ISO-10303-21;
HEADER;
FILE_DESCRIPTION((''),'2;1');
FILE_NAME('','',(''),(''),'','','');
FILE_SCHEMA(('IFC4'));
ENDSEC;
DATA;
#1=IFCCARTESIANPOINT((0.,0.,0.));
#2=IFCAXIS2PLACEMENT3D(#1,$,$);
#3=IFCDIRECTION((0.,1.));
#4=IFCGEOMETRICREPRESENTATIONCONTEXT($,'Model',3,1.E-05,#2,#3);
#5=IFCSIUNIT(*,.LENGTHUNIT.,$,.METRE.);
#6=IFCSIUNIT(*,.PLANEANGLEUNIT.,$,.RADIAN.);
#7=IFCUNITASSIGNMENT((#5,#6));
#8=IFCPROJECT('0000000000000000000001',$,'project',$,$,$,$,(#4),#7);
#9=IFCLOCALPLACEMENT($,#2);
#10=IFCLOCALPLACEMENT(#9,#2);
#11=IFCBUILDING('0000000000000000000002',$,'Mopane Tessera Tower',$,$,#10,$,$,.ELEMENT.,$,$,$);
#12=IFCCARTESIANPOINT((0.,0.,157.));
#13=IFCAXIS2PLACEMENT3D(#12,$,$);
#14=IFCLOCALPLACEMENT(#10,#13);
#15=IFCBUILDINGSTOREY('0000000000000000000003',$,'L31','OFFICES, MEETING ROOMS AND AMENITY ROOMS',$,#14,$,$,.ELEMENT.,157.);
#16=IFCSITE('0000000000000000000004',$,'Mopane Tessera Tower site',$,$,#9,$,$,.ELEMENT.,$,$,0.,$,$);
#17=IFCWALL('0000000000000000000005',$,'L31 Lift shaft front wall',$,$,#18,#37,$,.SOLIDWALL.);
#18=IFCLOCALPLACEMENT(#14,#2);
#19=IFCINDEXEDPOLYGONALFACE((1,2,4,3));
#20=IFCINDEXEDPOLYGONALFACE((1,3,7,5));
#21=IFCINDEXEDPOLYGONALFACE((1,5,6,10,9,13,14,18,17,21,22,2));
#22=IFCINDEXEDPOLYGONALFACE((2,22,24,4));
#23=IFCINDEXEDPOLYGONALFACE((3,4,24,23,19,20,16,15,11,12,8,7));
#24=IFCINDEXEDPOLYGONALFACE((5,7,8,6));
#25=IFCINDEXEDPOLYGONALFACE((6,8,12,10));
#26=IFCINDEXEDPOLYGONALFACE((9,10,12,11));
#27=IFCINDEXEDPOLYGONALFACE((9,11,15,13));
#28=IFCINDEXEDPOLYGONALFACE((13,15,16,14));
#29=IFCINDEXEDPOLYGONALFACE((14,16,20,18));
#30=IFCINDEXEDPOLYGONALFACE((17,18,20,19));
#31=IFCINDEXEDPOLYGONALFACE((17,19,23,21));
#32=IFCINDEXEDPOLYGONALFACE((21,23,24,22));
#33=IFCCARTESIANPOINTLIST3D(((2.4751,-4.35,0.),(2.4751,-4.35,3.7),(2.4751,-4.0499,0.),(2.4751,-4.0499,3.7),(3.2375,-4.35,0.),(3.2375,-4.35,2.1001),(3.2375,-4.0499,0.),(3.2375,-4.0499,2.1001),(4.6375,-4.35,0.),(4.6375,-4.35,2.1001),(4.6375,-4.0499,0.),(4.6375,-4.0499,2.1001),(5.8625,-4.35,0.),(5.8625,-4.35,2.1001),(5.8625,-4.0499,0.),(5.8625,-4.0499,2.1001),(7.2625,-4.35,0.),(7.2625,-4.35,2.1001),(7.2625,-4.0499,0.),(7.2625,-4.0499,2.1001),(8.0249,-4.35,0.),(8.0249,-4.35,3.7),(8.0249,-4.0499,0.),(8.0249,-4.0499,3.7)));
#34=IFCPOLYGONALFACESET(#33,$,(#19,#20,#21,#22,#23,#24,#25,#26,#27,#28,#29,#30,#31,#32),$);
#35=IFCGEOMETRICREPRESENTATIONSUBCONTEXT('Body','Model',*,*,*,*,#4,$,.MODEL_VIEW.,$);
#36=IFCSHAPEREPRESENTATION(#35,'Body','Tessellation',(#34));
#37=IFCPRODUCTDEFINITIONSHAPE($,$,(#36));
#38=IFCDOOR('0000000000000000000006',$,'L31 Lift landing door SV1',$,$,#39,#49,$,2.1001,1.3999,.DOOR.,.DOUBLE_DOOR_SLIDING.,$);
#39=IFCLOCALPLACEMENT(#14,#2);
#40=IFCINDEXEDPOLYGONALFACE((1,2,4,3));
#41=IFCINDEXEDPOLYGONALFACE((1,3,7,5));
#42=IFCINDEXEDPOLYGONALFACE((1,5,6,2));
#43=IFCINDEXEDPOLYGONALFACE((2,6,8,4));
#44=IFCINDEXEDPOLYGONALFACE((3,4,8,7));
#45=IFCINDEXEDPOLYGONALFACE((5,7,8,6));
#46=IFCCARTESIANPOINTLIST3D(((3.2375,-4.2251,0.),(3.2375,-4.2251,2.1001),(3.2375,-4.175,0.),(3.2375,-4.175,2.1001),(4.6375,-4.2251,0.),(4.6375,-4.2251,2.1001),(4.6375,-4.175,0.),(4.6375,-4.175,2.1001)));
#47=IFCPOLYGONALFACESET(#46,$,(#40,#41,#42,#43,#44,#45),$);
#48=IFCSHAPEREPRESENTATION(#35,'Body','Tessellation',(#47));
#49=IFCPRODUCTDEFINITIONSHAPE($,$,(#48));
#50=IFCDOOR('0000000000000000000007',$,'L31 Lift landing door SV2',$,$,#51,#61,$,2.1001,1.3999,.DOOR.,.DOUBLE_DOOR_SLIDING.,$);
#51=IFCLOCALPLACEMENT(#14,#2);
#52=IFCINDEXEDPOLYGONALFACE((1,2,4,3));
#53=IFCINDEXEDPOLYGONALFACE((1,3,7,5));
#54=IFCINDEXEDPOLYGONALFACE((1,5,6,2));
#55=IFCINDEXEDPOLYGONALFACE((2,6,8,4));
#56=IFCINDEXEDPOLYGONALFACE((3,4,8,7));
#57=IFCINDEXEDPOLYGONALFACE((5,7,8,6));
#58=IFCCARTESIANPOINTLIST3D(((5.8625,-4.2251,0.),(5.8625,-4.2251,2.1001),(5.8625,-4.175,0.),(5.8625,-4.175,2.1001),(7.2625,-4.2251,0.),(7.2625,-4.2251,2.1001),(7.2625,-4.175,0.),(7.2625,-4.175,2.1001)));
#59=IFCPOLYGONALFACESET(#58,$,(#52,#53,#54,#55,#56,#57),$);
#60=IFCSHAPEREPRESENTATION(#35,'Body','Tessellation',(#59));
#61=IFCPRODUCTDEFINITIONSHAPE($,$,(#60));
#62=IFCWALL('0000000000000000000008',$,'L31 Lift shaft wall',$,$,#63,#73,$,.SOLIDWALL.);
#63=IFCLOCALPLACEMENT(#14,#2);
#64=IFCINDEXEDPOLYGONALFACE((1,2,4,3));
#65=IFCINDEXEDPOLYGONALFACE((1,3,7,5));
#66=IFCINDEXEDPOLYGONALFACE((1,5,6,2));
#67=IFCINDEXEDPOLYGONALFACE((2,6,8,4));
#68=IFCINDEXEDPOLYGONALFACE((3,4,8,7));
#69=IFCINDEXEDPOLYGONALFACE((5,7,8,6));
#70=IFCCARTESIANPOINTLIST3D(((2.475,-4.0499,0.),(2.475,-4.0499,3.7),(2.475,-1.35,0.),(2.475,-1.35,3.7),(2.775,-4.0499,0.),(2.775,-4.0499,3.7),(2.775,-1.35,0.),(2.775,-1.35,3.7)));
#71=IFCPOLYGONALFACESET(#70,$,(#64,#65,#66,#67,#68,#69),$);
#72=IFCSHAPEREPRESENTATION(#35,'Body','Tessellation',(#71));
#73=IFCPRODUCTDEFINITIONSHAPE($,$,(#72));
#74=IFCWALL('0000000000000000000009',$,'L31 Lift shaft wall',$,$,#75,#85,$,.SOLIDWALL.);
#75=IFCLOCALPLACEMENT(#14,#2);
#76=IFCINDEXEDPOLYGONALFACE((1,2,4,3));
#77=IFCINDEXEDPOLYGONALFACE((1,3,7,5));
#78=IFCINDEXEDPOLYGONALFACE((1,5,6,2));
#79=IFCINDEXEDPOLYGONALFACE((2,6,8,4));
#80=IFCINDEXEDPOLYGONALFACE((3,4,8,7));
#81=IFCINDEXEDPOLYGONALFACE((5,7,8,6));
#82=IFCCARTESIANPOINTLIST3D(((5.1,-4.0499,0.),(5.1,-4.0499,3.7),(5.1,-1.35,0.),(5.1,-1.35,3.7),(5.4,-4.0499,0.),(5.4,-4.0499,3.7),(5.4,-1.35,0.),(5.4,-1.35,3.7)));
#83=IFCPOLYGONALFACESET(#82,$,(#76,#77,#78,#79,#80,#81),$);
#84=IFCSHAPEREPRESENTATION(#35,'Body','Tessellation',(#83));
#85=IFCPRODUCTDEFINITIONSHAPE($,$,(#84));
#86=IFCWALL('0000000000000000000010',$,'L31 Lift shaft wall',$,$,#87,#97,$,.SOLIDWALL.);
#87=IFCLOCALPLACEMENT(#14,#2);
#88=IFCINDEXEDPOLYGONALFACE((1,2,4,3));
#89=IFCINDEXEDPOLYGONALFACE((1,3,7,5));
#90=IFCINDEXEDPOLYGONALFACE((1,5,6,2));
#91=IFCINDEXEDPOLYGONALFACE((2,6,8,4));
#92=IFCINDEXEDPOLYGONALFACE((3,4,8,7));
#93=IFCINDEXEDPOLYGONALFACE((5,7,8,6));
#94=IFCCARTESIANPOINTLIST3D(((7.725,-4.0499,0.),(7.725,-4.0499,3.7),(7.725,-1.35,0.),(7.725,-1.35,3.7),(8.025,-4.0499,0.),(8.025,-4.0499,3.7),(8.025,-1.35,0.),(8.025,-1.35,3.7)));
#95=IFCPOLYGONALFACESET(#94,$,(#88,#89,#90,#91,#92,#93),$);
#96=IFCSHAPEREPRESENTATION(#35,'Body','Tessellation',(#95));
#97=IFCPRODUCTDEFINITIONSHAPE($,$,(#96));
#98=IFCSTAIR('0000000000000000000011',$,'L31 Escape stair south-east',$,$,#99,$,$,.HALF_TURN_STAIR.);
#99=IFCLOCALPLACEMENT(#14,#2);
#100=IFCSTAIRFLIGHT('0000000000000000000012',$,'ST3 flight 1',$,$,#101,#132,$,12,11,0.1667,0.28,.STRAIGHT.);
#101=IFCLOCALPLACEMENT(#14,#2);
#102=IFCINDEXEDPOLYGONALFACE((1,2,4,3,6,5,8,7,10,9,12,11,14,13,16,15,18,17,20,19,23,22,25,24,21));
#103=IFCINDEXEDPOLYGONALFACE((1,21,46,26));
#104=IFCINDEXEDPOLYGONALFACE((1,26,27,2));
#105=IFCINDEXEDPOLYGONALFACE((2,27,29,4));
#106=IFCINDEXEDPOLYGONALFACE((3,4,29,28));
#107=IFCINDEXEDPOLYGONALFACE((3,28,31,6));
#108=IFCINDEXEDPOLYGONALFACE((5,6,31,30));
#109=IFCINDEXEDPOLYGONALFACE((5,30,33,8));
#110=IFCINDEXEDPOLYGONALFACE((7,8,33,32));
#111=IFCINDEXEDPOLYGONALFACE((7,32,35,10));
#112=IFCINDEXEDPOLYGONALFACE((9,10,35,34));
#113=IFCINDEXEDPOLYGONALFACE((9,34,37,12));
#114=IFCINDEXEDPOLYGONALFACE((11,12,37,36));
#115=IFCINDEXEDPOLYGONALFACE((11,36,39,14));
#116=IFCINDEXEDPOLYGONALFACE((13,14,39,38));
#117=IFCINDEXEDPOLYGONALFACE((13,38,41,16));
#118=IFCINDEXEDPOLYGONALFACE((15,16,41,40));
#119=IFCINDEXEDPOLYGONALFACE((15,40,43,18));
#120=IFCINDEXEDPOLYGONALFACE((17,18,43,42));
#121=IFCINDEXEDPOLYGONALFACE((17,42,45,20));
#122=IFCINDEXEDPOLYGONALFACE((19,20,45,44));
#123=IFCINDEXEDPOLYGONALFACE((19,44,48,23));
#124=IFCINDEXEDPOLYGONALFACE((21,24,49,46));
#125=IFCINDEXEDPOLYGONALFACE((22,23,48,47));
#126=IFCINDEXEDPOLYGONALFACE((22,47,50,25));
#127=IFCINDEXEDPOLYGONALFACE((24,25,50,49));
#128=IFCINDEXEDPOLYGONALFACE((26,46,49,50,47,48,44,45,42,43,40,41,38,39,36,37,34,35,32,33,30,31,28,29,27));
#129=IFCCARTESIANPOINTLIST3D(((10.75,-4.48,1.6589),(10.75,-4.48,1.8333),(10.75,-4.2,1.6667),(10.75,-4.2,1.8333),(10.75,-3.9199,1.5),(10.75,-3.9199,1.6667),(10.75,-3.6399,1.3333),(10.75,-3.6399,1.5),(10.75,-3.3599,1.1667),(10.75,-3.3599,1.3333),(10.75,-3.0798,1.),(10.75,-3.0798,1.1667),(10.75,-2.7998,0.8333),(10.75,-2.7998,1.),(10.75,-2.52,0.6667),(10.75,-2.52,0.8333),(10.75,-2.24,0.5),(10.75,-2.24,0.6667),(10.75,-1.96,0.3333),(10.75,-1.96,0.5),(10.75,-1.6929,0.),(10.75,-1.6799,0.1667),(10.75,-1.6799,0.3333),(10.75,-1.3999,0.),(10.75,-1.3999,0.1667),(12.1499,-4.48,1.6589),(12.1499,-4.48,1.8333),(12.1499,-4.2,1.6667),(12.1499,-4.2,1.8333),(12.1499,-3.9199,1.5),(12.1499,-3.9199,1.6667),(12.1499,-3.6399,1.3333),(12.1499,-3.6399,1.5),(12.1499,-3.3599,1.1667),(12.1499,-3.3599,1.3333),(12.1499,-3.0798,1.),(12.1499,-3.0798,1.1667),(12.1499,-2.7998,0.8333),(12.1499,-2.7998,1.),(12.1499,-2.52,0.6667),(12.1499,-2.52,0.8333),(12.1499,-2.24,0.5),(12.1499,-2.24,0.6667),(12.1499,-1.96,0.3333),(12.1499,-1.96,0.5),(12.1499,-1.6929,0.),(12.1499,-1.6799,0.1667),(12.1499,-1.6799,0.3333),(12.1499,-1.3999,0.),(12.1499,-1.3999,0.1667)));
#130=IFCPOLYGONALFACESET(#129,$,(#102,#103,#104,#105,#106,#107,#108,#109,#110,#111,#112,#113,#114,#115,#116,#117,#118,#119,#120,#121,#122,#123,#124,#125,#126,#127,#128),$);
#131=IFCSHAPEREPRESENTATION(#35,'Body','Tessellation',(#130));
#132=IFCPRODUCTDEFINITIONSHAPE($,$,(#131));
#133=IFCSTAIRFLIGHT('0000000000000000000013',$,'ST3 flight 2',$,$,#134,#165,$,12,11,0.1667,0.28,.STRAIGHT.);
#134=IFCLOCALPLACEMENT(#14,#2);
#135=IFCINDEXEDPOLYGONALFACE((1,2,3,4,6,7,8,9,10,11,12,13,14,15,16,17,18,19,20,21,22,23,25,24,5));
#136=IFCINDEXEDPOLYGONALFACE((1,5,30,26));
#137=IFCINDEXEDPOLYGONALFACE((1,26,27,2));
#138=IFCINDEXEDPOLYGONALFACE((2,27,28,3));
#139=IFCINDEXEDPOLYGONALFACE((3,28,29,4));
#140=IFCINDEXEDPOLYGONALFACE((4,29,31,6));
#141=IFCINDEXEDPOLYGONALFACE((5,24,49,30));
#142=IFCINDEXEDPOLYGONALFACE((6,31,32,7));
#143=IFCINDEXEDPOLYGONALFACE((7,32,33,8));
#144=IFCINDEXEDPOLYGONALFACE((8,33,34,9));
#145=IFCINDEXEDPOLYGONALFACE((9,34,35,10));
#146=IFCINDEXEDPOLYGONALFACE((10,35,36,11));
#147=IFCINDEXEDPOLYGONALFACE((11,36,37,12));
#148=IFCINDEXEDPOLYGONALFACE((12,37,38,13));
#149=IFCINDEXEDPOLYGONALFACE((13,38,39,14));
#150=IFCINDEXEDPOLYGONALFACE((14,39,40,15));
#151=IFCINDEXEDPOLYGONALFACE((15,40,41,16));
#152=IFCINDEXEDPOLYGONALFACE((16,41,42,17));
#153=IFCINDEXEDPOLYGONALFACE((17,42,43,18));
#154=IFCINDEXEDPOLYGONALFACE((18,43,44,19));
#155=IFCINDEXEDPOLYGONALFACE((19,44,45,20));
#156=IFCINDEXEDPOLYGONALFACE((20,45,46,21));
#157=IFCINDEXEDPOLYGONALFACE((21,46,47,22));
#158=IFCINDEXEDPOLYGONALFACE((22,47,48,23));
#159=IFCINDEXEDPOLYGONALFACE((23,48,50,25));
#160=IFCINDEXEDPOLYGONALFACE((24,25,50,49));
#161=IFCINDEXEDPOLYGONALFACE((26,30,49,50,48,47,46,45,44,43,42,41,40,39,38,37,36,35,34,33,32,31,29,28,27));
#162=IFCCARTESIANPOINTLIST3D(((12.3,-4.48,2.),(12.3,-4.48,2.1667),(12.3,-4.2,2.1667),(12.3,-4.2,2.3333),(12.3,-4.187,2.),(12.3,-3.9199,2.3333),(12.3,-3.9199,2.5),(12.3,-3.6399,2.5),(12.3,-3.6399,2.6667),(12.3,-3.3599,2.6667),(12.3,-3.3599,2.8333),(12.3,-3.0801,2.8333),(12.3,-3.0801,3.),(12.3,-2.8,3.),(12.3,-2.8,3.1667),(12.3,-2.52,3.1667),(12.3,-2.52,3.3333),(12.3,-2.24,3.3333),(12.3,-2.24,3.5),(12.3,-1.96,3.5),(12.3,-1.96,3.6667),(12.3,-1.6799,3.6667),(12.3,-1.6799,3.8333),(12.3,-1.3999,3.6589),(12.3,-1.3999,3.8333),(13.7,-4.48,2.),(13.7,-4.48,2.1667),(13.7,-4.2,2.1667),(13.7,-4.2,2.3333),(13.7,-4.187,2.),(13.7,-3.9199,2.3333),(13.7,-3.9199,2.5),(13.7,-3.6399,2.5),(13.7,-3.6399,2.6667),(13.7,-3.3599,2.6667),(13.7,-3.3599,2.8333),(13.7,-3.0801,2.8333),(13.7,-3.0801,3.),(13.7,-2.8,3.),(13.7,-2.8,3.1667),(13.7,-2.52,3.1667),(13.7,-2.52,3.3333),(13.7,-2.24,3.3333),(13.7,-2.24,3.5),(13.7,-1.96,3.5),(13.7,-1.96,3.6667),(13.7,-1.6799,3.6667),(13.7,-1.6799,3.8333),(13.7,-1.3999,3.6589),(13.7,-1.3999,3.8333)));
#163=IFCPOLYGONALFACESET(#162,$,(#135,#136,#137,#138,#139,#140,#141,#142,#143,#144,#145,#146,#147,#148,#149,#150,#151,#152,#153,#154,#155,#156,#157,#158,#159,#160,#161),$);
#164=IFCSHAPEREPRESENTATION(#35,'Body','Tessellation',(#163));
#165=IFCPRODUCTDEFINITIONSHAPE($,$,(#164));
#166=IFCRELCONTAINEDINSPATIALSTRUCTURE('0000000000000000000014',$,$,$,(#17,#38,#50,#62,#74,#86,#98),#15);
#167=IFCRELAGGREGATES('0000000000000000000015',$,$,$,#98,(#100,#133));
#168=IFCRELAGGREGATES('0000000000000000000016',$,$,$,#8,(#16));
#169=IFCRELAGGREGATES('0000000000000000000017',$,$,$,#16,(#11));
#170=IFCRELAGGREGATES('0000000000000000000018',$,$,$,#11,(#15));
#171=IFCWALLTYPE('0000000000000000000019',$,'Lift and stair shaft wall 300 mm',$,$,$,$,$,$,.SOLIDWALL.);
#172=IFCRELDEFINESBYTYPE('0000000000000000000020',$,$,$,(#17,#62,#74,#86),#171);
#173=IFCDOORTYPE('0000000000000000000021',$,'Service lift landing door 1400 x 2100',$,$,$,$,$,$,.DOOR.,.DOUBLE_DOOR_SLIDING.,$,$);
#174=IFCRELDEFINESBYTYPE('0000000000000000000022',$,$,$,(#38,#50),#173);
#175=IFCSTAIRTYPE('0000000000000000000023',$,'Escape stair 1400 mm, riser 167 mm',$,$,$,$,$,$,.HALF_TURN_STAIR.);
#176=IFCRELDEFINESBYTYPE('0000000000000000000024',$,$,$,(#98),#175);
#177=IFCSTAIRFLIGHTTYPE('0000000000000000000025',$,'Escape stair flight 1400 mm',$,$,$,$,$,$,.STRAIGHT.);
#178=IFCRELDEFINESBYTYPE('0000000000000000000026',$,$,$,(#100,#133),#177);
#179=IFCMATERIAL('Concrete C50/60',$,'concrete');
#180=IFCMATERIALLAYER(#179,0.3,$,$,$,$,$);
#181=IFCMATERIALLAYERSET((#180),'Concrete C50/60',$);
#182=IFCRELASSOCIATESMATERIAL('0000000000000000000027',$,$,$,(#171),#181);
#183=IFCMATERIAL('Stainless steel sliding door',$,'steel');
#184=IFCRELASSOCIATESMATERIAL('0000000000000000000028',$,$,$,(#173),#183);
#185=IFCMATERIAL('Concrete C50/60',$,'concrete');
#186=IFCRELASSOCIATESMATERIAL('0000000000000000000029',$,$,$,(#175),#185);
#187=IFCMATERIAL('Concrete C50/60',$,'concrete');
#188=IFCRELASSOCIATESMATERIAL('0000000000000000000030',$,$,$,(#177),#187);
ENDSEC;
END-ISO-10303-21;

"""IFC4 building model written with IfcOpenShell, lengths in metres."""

from ifc_helpers import new_model, si_unit, direction, frame, frame_2d, origin, place, context, subcontext, project, spatial, polyline, rectangle, outline, extrude, material, layer, layer_set, type_object, element, fill, aggregate, save


model = new_model("IFC4")

# Units and contexts
model_context = context("Model", 3, precision=1e-05, world=origin(), true_north=direction((0.0, 1.0)))
body_context = subcontext(model_context, "Body", "Model", "MODEL_VIEW")
ifc_project = project(units=[si_unit("LENGTHUNIT", "METRE"), si_unit("PLANEANGLEUNIT", "RADIAN")], contexts=[model_context])

# Site, building, storey
site_placement = place(None, origin())
site = spatial("IfcSite", under=ifc_project, at=site_placement, Name="Mopane Tessera Tower site", CompositionType="ELEMENT", RefElevation=0.0)
building_placement = place(site_placement, origin())
building = spatial("IfcBuilding", under=site, at=building_placement, Name="Mopane Tessera Tower", CompositionType="ELEMENT")
storey_placement = place(building_placement, frame((0.0, 0.0, 157.0)))
storey = spatial("IfcBuildingStorey", under=building, at=storey_placement, Name="L31", Description="OFFICES, MEETING ROOMS AND AMENITY ROOMS", CompositionType="ELEMENT", Elevation=157.0)

# Shared definitions
ifc_material_1 = material(Name="Concrete C50/60", Category="concrete")
ifc_layer_1 = layer(ifc_material_1, 0.3)
ifc_layer_set_1 = layer_set([ifc_layer_1], Name="Concrete C50/60")
wall_type_1 = type_object("IfcWallType", Name="Lift and stair shaft wall 300 mm", PredefinedType="SOLIDWALL", material=ifc_layer_set_1)

# Wall, openings, doors
wall_1_placement = place(storey_placement, frame((2.4751, -4.2, 0.0), z_axis=(0.0, 0.0, 1.0), x_axis=(1.0, 0.0, 0.0)))
wall_1 = element("IfcWall", 1, at=wall_1_placement, inside=storey, type_object=wall_type_1, Name="L31 Lift shaft front wall", PredefinedType="SOLIDWALL", context=body_context, shape_type="SweptSolid", body=[
    extrude(rectangle(XDim=5.5498, YDim=0.3, at=frame_2d((2.7749, 0.0))), origin(), (0.0, 0.0, 1.0), 3.7),
])
opening_1_placement = place(wall_1_placement, frame((0.7625, 0.0, 0.0)))
opening_1 = element("IfcOpeningElement", 2, at=opening_1_placement, cuts=wall_1, PredefinedType="OPENING", context=body_context, shape_type="SweptSolid", body=[
    extrude(rectangle(XDim=1.3999, YDim=2.1001, at=frame_2d((0.7, 1.05))), frame((0.0, 0.1621, 0.0), z_axis=(0.0, -1.0, 0.0), x_axis=(1.0, 0.0, 0.0)), (0.0, 0.0, 1.0), 0.324),
])
opening_2_placement = place(wall_1_placement, frame((3.3875, 0.0, 0.0)))
opening_2 = element("IfcOpeningElement", 3, at=opening_2_placement, cuts=wall_1, PredefinedType="OPENING", context=body_context, shape_type="SweptSolid", body=[
    extrude(rectangle(XDim=1.3999, YDim=2.1001, at=frame_2d((0.7, 1.05))), frame((0.0, 0.1621, 0.0), z_axis=(0.0, -1.0, 0.0), x_axis=(1.0, 0.0, 0.0)), (0.0, 0.0, 1.0), 0.324),
])
ifc_material_2 = material(Name="Stainless steel sliding door", Category="steel")
door_type = type_object("IfcDoorType", Name="Service lift landing door 1400 x 2100", OperationType="DOUBLE_DOOR_SLIDING", PredefinedType="DOOR", material=ifc_material_2)
door_1_placement = place(opening_1_placement, origin())
door_1 = element("IfcDoor", 4, at=door_1_placement, inside=storey, type_object=door_type, Name="L31 Lift landing door SV1", OperationType="DOUBLE_DOOR_SLIDING", OverallHeight=2.1001, OverallWidth=1.3999, PredefinedType="DOOR", context=body_context, shape_type="SweptSolid", body=[
    extrude(rectangle(XDim=1.3999, YDim=2.1001, at=frame_2d((0.7, 1.05))), frame((0.0, 0.0249, 0.0), z_axis=(0.0, -1.0, 0.0), x_axis=(1.0, 0.0, 0.0)), (0.0, 0.0, 1.0), 0.05),
])
fill(opening_1, door_1)
door_2_placement = place(opening_2_placement, origin())
door_2 = element("IfcDoor", 5, at=door_2_placement, inside=storey, type_object=door_type, Name="L31 Lift landing door SV2", OperationType="DOUBLE_DOOR_SLIDING", OverallHeight=2.1001, OverallWidth=1.3999, PredefinedType="DOOR", context=body_context, shape_type="SweptSolid", body=[
    extrude(rectangle(XDim=1.3999, YDim=2.1001, at=frame_2d((0.7, 1.05))), frame((0.0, 0.0249, 0.0), z_axis=(0.0, -1.0, 0.0), x_axis=(1.0, 0.0, 0.0)), (0.0, 0.0, 1.0), 0.05),
])
fill(opening_2, door_2)

# Walls
for number, where, z_axis, x_axis, name in (
    (6, (2.625, -4.05, 0.0), (0.0, 0.0, 1.0), (0.0, 1.0, 0.0), "L31 Lift shaft wall"),
    (7, (5.25, -4.05, 0.0), (0.0, 0.0, 1.0), (0.0, 1.0, 0.0), "L31 Lift shaft wall"),
    (8, (7.875, -4.05, 0.0), (0.0, 0.0, 1.0), (0.0, 1.0, 0.0), "L31 Lift shaft wall"),
):
    element("IfcWall", number, at=place(storey_placement, frame(where, z_axis=z_axis, x_axis=x_axis)), inside=storey, type_object=wall_type_1, Name=name, PredefinedType="SOLIDWALL", context=body_context, shape_type="SweptSolid", body=[
        extrude(rectangle(XDim=2.7, YDim=0.3, at=frame_2d((1.3501, 0.0))), origin(), (0.0, 0.0, 1.0), 3.7),
    ])

# Stair, stair flights
ifc_material_3 = material(Name="Concrete C50/60", Category="concrete")
stair_type = type_object("IfcStairType", Name="Escape stair 1400 mm, riser 167 mm", PredefinedType="HALF_TURN_STAIR", material=ifc_material_3)
stair_placement = place(storey_placement, origin())
stair = element("IfcStair", 9, at=stair_placement, inside=storey, type_object=stair_type, Name="L31 Escape stair south-east", PredefinedType="HALF_TURN_STAIR")
ifc_material_4 = material(Name="Concrete C50/60", Category="concrete")
stair_flight_type = type_object("IfcStairFlightType", Name="Escape stair flight 1400 mm", PredefinedType="STRAIGHT", material=ifc_material_4)
stair_flight_1_placement = place(storey_placement, frame((11.45, -1.3999, 0.0), z_axis=(0.0, 0.0, 1.0), x_axis=(0.0, -1.0, 0.0)))
stair_flight_1 = element("IfcStairFlight", 10, at=stair_flight_1_placement, type_object=stair_flight_type, Name="ST3 flight 1", NumberOfRisers=12, NumberOfTreads=11, PredefinedType="STRAIGHT", RiserHeight=0.1667, TreadLength=0.28, context=body_context, shape_type="SweptSolid", body=[
    extrude(outline(polyline([(0.0, 0.0), (0.0, 0.1667), (0.28, 0.1667), (0.28, 0.3333), (0.5601, 0.3333), (0.5601, 0.5), (0.8401, 0.5), (0.8401, 0.6667), (1.1201, 0.6667), (1.1201, 0.8333), (1.3999, 0.8333), (1.3999, 1.0), (1.6799, 1.0), (1.6799, 1.1667), (1.96, 1.1667), (1.96, 1.3333), (2.24, 1.3333), (2.24, 1.5), (2.52, 1.5), (2.52, 1.6667), (2.8, 1.6667), (2.8, 1.8333), (3.0801, 1.8333), (3.0801, 2.0), (3.0801, 1.6589), (0.293, 0.0), (0.0, 0.0)])), frame((0.0, 0.7, 0.0), z_axis=(0.0, -1.0, 0.0), x_axis=(1.0, 0.0, 0.0)), (0.0, 0.0, 1.0), 1.3999),
])
stair_flight_2_placement = place(storey_placement, frame((13.0, -4.48, 2.0), z_axis=(0.0, 0.0, 1.0), x_axis=(0.0, 1.0, 0.0)))
stair_flight_2 = element("IfcStairFlight", 11, at=stair_flight_2_placement, type_object=stair_flight_type, Name="ST3 flight 2", NumberOfRisers=12, NumberOfTreads=11, PredefinedType="STRAIGHT", RiserHeight=0.1667, TreadLength=0.28, context=body_context, shape_type="SweptSolid", body=[
    extrude(outline(polyline([(0.0, 0.0), (0.0, 0.1667), (0.28, 0.1667), (0.28, 0.3333), (0.5601, 0.3333), (0.5601, 0.5), (0.8401, 0.5), (0.8401, 0.6667), (1.1201, 0.6667), (1.1201, 0.8333), (1.3999, 0.8333), (1.3999, 1.0), (1.6799, 1.0), (1.6799, 1.1667), (1.96, 1.1667), (1.96, 1.3333), (2.24, 1.3333), (2.24, 1.5), (2.52, 1.5), (2.52, 1.6667), (2.8, 1.6667), (2.8, 1.8333), (3.0801, 1.8333), (3.0801, 2.0), (3.0801, 1.6589), (0.293, 0.0), (0.0, 0.0)])), frame((0.0, 0.7, 0.0), z_axis=(0.0, -1.0, 0.0), x_axis=(1.0, 0.0, 0.0)), (0.0, 0.0, 1.0), 1.3999),
])
aggregate(stair, [stair_flight_1, stair_flight_2])

save(model, "model.ifc")
